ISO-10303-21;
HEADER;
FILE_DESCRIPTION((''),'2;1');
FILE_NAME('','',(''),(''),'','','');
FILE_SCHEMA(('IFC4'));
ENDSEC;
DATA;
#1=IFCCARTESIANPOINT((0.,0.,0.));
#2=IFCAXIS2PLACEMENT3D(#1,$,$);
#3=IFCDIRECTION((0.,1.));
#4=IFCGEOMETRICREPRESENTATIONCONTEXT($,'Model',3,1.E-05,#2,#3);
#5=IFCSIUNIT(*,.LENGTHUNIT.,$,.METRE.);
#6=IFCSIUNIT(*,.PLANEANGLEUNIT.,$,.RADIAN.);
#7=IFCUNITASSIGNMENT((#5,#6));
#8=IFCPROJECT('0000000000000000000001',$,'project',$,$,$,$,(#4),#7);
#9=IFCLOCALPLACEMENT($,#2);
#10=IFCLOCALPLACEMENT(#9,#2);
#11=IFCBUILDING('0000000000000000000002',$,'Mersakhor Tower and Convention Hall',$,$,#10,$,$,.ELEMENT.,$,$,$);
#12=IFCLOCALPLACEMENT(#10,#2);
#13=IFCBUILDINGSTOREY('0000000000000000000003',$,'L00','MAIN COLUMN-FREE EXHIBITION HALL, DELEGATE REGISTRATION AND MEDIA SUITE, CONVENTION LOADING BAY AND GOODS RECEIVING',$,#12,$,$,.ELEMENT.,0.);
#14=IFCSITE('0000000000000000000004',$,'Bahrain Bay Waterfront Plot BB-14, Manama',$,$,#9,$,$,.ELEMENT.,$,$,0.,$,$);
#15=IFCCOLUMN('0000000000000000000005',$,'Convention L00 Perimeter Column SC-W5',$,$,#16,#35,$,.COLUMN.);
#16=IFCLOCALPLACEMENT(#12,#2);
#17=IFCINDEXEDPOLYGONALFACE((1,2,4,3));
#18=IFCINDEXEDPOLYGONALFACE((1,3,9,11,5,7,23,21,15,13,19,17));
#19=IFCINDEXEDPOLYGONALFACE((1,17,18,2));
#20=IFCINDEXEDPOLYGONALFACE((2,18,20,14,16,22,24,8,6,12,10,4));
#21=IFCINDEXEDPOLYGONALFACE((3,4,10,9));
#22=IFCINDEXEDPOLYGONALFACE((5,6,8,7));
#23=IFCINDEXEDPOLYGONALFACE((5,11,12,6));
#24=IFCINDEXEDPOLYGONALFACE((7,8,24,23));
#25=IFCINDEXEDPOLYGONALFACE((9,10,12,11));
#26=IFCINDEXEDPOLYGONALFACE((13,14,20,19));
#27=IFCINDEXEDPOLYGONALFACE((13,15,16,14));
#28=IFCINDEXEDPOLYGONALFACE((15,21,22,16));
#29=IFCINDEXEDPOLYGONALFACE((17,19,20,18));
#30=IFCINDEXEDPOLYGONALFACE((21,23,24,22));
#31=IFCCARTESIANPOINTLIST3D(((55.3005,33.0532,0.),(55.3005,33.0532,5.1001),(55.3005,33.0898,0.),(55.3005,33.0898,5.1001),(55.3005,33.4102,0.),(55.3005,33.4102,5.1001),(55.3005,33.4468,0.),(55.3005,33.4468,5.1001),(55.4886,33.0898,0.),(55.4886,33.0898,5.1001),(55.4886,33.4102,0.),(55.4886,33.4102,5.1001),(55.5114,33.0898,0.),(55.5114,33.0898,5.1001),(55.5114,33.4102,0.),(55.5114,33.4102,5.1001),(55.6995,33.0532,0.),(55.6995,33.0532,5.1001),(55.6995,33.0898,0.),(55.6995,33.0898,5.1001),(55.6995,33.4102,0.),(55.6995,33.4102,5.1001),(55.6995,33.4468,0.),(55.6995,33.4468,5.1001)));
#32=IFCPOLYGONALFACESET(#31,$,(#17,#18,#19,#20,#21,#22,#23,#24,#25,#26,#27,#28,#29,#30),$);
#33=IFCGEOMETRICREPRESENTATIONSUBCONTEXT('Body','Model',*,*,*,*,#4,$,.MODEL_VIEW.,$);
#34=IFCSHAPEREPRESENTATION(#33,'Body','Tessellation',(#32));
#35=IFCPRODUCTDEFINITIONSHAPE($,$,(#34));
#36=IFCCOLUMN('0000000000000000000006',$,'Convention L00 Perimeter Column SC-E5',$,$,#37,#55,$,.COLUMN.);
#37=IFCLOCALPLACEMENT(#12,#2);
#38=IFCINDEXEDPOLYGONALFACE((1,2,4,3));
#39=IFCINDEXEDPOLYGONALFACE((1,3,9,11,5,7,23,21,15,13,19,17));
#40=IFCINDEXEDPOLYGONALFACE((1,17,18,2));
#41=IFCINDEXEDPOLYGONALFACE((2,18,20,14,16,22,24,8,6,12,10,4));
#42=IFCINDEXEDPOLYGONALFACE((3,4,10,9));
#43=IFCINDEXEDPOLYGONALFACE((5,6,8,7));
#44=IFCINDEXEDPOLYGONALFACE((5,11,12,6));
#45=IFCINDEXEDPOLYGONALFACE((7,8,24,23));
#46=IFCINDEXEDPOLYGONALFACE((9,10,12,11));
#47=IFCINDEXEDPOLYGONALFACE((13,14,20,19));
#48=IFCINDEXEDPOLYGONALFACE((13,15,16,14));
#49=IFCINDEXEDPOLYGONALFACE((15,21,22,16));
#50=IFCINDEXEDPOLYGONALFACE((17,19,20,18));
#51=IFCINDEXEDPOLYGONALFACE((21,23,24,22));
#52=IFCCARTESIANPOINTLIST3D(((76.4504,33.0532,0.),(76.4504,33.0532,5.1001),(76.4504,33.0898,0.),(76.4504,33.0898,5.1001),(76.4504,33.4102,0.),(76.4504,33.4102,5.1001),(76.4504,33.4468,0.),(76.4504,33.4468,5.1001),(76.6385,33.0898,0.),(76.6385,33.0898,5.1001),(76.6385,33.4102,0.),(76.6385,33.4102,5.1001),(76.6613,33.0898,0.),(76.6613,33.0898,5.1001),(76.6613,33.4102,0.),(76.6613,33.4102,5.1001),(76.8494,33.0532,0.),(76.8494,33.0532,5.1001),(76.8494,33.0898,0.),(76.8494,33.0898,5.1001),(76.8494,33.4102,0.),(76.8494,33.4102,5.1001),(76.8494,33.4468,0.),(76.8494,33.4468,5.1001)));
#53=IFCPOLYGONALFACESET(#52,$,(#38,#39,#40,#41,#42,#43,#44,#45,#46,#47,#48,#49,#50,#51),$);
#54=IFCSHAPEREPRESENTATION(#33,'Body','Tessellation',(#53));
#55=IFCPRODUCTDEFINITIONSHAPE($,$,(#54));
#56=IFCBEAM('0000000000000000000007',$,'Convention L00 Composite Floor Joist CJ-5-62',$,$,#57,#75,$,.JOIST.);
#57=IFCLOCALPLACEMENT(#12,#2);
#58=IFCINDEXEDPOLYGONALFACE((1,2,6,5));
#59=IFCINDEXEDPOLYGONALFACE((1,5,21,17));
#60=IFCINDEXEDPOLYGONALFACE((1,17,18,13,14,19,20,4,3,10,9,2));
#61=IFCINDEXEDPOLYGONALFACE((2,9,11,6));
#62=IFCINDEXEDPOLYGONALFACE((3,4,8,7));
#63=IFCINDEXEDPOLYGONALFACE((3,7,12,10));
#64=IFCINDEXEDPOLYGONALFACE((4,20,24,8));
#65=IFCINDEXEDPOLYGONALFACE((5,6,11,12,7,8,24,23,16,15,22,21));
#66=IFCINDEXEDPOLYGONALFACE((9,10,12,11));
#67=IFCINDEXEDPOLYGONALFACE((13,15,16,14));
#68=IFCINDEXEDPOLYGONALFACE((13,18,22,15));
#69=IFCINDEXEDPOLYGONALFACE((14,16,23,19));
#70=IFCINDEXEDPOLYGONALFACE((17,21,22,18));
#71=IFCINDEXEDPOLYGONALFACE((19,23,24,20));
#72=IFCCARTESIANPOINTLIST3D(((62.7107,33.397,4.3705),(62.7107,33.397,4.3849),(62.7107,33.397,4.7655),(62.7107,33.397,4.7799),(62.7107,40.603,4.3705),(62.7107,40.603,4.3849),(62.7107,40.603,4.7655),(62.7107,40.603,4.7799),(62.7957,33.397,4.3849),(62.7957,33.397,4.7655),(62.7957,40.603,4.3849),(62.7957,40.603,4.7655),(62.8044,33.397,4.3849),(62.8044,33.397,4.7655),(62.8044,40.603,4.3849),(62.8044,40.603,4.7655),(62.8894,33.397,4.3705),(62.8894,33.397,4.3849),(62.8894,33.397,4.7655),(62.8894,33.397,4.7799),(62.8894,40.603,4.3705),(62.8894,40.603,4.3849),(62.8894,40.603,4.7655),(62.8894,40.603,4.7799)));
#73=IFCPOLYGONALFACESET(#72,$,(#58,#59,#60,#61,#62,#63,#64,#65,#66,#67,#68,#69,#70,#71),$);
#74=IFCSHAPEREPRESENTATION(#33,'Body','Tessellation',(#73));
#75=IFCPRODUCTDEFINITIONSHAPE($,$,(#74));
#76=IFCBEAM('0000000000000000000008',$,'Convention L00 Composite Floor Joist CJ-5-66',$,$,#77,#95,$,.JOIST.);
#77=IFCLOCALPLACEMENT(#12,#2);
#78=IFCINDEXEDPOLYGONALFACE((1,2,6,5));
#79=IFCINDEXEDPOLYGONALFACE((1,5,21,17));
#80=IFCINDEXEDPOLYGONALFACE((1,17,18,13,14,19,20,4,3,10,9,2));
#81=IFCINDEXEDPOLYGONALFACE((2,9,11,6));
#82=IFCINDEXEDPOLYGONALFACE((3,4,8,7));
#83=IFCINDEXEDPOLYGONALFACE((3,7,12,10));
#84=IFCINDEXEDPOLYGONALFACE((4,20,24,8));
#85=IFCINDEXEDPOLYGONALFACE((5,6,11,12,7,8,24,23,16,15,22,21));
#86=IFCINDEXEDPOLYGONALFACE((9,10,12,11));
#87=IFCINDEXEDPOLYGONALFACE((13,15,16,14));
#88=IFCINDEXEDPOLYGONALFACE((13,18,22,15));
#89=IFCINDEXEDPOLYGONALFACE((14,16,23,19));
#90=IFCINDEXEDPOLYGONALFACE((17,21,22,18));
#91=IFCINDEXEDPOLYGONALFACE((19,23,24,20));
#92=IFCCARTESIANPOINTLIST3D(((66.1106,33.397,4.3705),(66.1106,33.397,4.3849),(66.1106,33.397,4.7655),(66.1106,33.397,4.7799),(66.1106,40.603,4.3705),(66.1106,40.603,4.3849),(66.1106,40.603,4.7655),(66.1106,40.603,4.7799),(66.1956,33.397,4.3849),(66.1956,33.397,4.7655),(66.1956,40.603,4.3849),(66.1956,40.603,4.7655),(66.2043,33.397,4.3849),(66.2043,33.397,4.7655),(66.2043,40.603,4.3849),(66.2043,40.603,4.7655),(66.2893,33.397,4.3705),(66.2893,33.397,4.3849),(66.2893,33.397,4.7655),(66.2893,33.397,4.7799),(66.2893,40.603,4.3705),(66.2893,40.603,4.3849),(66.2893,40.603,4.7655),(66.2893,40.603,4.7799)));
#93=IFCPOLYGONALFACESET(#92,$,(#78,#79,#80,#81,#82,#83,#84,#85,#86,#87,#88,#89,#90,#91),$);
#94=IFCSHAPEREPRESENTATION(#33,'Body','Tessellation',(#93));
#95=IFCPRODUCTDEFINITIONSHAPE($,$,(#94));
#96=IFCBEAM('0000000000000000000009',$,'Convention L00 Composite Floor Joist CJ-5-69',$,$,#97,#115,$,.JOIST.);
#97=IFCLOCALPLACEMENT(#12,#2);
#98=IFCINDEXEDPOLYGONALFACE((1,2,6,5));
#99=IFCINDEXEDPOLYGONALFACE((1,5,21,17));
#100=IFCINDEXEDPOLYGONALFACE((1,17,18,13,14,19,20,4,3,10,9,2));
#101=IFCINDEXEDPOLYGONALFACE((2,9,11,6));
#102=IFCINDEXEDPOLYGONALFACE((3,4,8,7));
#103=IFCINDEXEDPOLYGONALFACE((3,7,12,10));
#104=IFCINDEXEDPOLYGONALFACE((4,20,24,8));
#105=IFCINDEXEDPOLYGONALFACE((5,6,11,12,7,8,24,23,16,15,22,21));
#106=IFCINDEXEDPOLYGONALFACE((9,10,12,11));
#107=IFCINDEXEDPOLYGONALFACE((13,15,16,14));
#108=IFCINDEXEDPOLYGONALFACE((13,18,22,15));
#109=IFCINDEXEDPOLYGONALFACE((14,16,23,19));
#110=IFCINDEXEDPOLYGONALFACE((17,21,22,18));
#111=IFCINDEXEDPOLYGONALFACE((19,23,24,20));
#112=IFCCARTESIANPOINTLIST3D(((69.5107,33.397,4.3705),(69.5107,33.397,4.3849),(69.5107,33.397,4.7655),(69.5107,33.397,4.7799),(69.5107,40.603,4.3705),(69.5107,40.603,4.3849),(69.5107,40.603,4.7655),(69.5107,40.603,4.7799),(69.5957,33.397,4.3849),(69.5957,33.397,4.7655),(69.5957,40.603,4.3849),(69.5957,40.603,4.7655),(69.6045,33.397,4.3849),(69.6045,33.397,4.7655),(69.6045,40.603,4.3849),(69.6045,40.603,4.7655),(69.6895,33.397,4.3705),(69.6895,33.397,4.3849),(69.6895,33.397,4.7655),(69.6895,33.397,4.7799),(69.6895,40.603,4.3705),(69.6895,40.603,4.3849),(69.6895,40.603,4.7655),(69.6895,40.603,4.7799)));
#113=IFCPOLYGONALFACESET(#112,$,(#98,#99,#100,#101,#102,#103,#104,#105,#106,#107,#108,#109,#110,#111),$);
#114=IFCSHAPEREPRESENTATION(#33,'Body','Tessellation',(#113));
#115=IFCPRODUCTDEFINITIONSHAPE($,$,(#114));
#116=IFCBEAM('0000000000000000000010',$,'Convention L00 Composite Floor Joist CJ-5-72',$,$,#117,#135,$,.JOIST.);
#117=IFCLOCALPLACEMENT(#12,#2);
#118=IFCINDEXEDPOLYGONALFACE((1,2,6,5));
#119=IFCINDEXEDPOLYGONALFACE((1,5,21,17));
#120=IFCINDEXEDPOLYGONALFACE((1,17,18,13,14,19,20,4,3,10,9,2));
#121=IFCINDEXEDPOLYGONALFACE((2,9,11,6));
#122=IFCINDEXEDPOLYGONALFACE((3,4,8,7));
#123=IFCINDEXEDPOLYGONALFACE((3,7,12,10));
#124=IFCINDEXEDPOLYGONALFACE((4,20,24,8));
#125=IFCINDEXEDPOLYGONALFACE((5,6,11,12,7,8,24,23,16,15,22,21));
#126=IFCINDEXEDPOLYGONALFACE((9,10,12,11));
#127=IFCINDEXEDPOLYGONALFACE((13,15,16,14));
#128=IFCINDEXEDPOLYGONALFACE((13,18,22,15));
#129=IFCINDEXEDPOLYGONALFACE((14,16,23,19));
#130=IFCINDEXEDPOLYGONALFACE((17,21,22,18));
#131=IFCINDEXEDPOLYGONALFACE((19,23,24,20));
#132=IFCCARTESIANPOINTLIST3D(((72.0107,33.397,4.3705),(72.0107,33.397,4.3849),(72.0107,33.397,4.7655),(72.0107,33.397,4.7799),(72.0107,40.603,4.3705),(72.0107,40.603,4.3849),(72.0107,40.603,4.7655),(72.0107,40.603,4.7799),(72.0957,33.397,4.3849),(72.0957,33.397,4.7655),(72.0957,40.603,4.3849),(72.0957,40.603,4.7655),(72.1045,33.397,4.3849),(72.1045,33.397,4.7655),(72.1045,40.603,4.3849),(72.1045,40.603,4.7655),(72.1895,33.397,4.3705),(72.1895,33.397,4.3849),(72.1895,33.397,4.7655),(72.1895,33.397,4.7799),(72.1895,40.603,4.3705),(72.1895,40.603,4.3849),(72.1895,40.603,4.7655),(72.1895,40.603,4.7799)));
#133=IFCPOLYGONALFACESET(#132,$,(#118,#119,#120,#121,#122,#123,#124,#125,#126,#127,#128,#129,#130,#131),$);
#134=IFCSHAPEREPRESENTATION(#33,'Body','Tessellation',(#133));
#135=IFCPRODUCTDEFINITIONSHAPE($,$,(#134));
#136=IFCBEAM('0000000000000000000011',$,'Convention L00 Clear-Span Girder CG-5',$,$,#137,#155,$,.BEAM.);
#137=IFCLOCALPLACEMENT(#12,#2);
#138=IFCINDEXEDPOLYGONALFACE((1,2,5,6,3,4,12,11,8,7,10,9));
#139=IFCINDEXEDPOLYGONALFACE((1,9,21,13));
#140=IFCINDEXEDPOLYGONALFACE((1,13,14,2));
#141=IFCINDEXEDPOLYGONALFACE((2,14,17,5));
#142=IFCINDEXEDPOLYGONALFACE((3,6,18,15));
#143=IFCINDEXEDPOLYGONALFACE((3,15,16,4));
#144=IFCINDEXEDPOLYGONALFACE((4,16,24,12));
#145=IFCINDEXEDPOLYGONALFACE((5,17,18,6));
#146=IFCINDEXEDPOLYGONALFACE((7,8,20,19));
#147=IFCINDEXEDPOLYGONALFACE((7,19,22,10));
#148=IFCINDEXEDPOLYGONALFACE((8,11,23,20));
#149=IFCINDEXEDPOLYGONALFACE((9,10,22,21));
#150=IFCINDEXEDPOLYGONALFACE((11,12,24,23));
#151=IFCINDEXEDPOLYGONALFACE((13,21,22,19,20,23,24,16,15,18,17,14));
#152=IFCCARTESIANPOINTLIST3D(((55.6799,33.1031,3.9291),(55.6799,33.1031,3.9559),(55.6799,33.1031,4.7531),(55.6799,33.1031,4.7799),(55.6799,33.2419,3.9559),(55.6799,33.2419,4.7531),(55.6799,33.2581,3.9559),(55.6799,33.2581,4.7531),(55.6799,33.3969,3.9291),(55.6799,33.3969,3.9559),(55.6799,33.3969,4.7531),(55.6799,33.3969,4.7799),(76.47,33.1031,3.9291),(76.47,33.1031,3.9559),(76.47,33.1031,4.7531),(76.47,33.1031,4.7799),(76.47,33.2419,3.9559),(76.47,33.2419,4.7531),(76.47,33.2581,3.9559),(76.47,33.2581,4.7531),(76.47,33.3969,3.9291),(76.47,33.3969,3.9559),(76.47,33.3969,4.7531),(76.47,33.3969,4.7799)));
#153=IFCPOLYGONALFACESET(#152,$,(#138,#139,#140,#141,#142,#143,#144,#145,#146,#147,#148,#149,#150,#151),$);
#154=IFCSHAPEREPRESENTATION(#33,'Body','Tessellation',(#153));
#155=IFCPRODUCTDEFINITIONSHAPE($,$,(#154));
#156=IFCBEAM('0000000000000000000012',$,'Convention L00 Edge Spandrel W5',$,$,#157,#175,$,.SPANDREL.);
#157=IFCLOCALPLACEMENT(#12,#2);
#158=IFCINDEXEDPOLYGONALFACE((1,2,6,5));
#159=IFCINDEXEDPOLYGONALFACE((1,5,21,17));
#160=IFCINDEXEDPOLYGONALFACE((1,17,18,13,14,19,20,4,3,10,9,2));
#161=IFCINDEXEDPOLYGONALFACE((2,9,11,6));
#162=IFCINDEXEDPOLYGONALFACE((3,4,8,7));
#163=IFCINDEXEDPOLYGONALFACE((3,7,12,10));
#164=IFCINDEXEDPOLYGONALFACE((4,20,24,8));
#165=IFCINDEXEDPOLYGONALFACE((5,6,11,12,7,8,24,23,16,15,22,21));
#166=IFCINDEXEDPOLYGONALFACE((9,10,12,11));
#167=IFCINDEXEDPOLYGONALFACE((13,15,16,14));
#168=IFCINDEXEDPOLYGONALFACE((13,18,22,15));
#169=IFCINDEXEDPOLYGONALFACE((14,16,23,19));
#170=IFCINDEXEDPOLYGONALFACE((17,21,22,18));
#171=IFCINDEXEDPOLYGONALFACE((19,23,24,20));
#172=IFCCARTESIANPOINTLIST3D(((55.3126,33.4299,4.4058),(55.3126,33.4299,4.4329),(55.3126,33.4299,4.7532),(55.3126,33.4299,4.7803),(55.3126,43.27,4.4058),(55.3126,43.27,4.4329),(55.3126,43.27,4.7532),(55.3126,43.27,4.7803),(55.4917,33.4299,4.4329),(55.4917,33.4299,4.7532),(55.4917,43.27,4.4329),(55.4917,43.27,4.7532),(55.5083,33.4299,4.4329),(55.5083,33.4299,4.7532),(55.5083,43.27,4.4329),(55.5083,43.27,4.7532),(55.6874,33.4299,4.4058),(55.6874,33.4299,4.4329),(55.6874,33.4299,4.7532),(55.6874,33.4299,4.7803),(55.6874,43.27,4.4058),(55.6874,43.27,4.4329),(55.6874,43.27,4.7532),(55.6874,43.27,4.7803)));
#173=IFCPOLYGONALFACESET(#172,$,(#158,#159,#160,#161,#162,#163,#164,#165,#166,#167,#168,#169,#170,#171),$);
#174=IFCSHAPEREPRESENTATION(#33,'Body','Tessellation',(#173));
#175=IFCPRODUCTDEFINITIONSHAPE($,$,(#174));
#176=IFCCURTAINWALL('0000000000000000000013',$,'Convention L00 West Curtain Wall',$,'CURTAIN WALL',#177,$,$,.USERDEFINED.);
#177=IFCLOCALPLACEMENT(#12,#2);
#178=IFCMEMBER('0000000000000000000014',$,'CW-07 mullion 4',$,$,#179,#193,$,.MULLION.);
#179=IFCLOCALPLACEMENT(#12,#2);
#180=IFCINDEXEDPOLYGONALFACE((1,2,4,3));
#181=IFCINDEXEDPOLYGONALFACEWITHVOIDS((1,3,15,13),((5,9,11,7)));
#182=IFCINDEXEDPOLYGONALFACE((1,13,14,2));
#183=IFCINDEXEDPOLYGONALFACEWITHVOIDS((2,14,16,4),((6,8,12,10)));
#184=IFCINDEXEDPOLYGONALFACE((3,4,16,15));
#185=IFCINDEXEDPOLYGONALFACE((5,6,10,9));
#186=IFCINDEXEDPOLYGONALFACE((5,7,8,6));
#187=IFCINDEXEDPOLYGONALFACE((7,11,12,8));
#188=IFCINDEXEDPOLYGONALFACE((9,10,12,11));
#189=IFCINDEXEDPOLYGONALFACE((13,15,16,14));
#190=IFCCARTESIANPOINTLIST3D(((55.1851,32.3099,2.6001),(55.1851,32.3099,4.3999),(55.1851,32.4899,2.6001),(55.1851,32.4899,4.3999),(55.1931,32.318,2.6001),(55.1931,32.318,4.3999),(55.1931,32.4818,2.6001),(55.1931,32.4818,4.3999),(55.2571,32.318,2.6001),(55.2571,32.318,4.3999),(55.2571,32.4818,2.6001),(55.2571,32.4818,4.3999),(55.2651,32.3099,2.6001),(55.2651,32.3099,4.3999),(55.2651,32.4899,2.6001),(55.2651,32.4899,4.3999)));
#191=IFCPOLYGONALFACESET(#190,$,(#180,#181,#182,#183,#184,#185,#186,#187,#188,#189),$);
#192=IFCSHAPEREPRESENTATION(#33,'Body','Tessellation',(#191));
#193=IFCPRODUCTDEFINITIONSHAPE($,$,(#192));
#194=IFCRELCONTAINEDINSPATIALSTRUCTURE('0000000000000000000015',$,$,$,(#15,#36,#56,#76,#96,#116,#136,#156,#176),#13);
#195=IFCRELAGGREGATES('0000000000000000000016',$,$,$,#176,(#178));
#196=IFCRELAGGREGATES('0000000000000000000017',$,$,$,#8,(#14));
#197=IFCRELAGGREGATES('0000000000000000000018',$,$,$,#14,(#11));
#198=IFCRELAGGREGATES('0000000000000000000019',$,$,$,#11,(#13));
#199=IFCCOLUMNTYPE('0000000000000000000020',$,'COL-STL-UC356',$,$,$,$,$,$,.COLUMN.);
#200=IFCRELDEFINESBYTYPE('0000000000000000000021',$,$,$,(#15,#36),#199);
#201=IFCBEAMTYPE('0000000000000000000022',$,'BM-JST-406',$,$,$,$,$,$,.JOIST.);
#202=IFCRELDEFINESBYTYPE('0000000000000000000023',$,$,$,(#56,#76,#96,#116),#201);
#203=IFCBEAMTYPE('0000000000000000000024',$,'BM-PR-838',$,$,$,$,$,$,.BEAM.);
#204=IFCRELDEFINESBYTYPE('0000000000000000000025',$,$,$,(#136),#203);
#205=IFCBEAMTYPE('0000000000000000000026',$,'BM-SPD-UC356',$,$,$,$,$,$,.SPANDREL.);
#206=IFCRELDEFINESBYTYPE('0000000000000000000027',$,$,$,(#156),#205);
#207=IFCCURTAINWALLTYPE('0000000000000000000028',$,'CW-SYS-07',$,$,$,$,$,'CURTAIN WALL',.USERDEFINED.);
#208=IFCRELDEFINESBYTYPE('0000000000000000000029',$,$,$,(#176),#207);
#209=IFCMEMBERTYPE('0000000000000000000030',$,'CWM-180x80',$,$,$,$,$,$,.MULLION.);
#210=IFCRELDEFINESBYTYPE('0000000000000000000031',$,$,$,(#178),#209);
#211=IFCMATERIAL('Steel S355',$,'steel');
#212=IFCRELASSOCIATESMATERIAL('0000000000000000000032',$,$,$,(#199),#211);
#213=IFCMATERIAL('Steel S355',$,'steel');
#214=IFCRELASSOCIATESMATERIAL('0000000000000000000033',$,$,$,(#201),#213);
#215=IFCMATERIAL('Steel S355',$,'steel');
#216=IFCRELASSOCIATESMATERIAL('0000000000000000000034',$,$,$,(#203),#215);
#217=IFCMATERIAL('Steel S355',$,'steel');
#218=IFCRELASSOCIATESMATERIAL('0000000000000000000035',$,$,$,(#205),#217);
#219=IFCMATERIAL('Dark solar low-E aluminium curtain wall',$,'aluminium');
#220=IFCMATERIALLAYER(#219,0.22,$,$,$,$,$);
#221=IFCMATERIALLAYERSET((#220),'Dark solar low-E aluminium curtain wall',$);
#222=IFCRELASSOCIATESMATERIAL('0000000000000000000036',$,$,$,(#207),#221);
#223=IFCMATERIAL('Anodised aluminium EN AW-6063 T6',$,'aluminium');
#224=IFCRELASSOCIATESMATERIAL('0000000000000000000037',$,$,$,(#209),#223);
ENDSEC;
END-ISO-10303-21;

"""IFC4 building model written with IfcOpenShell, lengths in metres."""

from ifc_helpers import new_model, si_unit, direction, frame, origin, origin_2d, place, context, subcontext, project, spatial, hollow_rectangle, i_section, extrude, material, layer, layer_set, material_profile, profile_set, type_object, element, aggregate, save


model = new_model("IFC4")

# Units and contexts
model_context = context("Model", 3, precision=1e-05, world=origin(), true_north=direction((0.0, 1.0)))
body_context = subcontext(model_context, "Body", "Model", "MODEL_VIEW")
ifc_project = project(units=[si_unit("LENGTHUNIT", "METRE"), si_unit("PLANEANGLEUNIT", "RADIAN")], contexts=[model_context])

# Site, building, storey
site_placement = place(None, origin())
site = spatial("IfcSite", under=ifc_project, at=site_placement, Name="Bahrain Bay Waterfront Plot BB-14, Manama", CompositionType="ELEMENT", RefElevation=0.0)
building_placement = place(site_placement, origin())
building = spatial("IfcBuilding", under=site, at=building_placement, Name="Mersakhor Tower and Convention Hall", CompositionType="ELEMENT")
storey_placement = place(building_placement, origin())
storey = spatial("IfcBuildingStorey", under=building, at=storey_placement, Name="L00", Description="MAIN COLUMN-FREE EXHIBITION HALL, DELEGATE REGISTRATION AND MEDIA SUITE, CONVENTION LOADING BAY AND GOODS RECEIVING", CompositionType="ELEMENT", Elevation=0.0)

# Columns
ifc_material_1 = material(Name="Steel S355", Category="steel")
ifc_material_profile_1 = material_profile(ifc_material_1, i_section(OverallWidth=0.3989, OverallDepth=0.3936, WebThickness=0.0227, FlangeThickness=0.0366, at=origin_2d()), Name="UC 356x406x287")
ifc_profile_set_1 = profile_set([ifc_material_profile_1], Name="Steel S355")
column_type = type_object("IfcColumnType", Name="COL-STL-UC356", PredefinedType="COLUMN", material=ifc_profile_set_1)
for number, where, z_axis, x_axis, name in (
    (1, (55.5, 33.25, 0.0), (0.0, 0.0, 1.0), (1.0, 0.0, 0.0), "Convention L00 Perimeter Column SC-W5"),
    (2, (76.6499, 33.25, 0.0), (0.0, 0.0, 1.0), (1.0, 0.0, 0.0), "Convention L00 Perimeter Column SC-E5"),
):
    element("IfcColumn", number, at=place(storey_placement, frame(where, z_axis=z_axis, x_axis=x_axis)), inside=storey, type_object=column_type, Name=name, PredefinedType="COLUMN", context=body_context, shape_type="SweptSolid", body=[
        extrude(i_section(OverallWidth=0.3989, OverallDepth=0.3936, WebThickness=0.0227, FlangeThickness=0.0366, at=origin_2d()), origin(), (0.0, 0.0, 1.0), 5.1001),
    ])

# Beams
ifc_material_2 = material(Name="Steel S355", Category="steel")
ifc_material_profile_2 = material_profile(ifc_material_2, i_section(OverallWidth=0.1787, OverallDepth=0.4094, WebThickness=0.0088, FlangeThickness=0.0144, at=origin_2d()), Name="UB 406x178x67")
ifc_profile_set_2 = profile_set([ifc_material_profile_2], Name="Steel S355")
beam_type_1 = type_object("IfcBeamType", Name="BM-JST-406", PredefinedType="JOIST", material=ifc_profile_set_2)
for number, where, z_axis, x_axis, name in (
    (3, (62.8, 33.397, 4.5752), (0.0, 1.0, 0.0), (-1.0, 0.0, 0.0), "Convention L00 Composite Floor Joist CJ-5-62"),
    (4, (66.2, 33.397, 4.5752), (0.0, 1.0, 0.0), (-1.0, 0.0, 0.0), "Convention L00 Composite Floor Joist CJ-5-66"),
    (5, (69.6001, 33.397, 4.5752), (0.0, 1.0, 0.0), (-1.0, 0.0, 0.0), "Convention L00 Composite Floor Joist CJ-5-69"),
    (6, (72.1001, 33.397, 4.5752), (0.0, 1.0, 0.0), (-1.0, 0.0, 0.0), "Convention L00 Composite Floor Joist CJ-5-72"),
):
    element("IfcBeam", number, at=place(storey_placement, frame(where, z_axis=z_axis, x_axis=x_axis)), inside=storey, type_object=beam_type_1, Name=name, PredefinedType="JOIST", context=body_context, shape_type="SweptSolid", body=[
        extrude(i_section(OverallWidth=0.1787, OverallDepth=0.4094, WebThickness=0.0088, FlangeThickness=0.0144, at=origin_2d()), origin(), (0.0, 0.0, 1.0), 7.2061),
    ])
ifc_material_3 = material(Name="Steel S355", Category="steel")
ifc_material_profile_3 = material_profile(ifc_material_3, i_section(OverallWidth=0.2937, OverallDepth=0.8508, WebThickness=0.0161, FlangeThickness=0.0269, at=origin_2d()), Name="UB 838x292x226")
ifc_profile_set_3 = profile_set([ifc_material_profile_3], Name="Steel S355")
beam_type_2 = type_object("IfcBeamType", Name="BM-PR-838", PredefinedType="BEAM", material=ifc_profile_set_3)
beam_1_placement = place(storey_placement, frame((55.6799, 33.25, 4.3545), z_axis=(1.0, 0.0, 0.0), x_axis=(0.0, 1.0, 0.0)))
element("IfcBeam", 7, at=beam_1_placement, inside=storey, type_object=beam_type_2, Name="Convention L00 Clear-Span Girder CG-5", PredefinedType="BEAM", context=body_context, shape_type="SweptSolid", body=[
    extrude(i_section(OverallWidth=0.2937, OverallDepth=0.8508, WebThickness=0.0161, FlangeThickness=0.0269, at=origin_2d()), origin(), (0.0, 0.0, 1.0), 20.79),
])
ifc_material_4 = material(Name="Steel S355", Category="steel")
ifc_material_profile_4 = material_profile(ifc_material_4, i_section(OverallWidth=0.3748, OverallDepth=0.3745, WebThickness=0.0166, FlangeThickness=0.0271, at=origin_2d()), Name="UC 356x368x202")
ifc_profile_set_4 = profile_set([ifc_material_profile_4], Name="Steel S355")
beam_type_3 = type_object("IfcBeamType", Name="BM-SPD-UC356", PredefinedType="SPANDREL", material=ifc_profile_set_4)
beam_2_placement = place(storey_placement, frame((55.5, 33.4299, 4.593), z_axis=(0.0, 1.0, 0.0), x_axis=(-1.0, 0.0, 0.0)))
element("IfcBeam", 8, at=beam_2_placement, inside=storey, type_object=beam_type_3, Name="Convention L00 Edge Spandrel W5", PredefinedType="SPANDREL", context=body_context, shape_type="SweptSolid", body=[
    extrude(i_section(OverallWidth=0.3748, OverallDepth=0.3745, WebThickness=0.0166, FlangeThickness=0.0271, at=origin_2d()), origin(), (0.0, 0.0, 1.0), 9.8401),
])

# Curtain wall, member
ifc_material_5 = material(Name="Dark solar low-E aluminium curtain wall", Category="aluminium")
ifc_layer_1 = layer(ifc_material_5, 0.22)
ifc_layer_set_1 = layer_set([ifc_layer_1], Name="Dark solar low-E aluminium curtain wall")
curtain_wall_type = type_object("IfcCurtainWallType", Name="CW-SYS-07", ElementType="CURTAIN WALL", PredefinedType="USERDEFINED", material=ifc_layer_set_1)
curtain_wall_placement = place(storey_placement, origin())
curtain_wall = element("IfcCurtainWall", 9, at=curtain_wall_placement, inside=storey, type_object=curtain_wall_type, Name="Convention L00 West Curtain Wall", ObjectType="CURTAIN WALL", PredefinedType="USERDEFINED")
ifc_material_6 = material(Name="Anodised aluminium EN AW-6063 T6", Category="aluminium")
ifc_material_profile_5 = material_profile(ifc_material_6, hollow_rectangle(XDim=0.0801, YDim=0.1799, WallThickness=0.0081, at=origin_2d()), Name="RHS 180x80x8")
ifc_profile_set_5 = profile_set([ifc_material_profile_5], Name="Anodised aluminium EN AW-6063 T6")
member_type_1 = type_object("IfcMemberType", Name="CWM-180x80", PredefinedType="MULLION", material=ifc_profile_set_5)
member_1_placement = place(storey_placement, frame((55.2251, 32.3999, 2.6001), z_axis=(0.0, 0.0, 1.0), x_axis=(-1.0, 0.0, 0.0)))
member_1 = element("IfcMember", 10, at=member_1_placement, type_object=member_type_1, Name="CW-07 mullion 4", PredefinedType="MULLION", context=body_context, shape_type="SweptSolid", body=[
    extrude(hollow_rectangle(XDim=0.0801, YDim=0.1799, WallThickness=0.0081, at=origin_2d()), origin(), (0.0, 0.0, 1.0), 1.7998),
])
aggregate(curtain_wall, [member_1])

save(model, "model.ifc")
